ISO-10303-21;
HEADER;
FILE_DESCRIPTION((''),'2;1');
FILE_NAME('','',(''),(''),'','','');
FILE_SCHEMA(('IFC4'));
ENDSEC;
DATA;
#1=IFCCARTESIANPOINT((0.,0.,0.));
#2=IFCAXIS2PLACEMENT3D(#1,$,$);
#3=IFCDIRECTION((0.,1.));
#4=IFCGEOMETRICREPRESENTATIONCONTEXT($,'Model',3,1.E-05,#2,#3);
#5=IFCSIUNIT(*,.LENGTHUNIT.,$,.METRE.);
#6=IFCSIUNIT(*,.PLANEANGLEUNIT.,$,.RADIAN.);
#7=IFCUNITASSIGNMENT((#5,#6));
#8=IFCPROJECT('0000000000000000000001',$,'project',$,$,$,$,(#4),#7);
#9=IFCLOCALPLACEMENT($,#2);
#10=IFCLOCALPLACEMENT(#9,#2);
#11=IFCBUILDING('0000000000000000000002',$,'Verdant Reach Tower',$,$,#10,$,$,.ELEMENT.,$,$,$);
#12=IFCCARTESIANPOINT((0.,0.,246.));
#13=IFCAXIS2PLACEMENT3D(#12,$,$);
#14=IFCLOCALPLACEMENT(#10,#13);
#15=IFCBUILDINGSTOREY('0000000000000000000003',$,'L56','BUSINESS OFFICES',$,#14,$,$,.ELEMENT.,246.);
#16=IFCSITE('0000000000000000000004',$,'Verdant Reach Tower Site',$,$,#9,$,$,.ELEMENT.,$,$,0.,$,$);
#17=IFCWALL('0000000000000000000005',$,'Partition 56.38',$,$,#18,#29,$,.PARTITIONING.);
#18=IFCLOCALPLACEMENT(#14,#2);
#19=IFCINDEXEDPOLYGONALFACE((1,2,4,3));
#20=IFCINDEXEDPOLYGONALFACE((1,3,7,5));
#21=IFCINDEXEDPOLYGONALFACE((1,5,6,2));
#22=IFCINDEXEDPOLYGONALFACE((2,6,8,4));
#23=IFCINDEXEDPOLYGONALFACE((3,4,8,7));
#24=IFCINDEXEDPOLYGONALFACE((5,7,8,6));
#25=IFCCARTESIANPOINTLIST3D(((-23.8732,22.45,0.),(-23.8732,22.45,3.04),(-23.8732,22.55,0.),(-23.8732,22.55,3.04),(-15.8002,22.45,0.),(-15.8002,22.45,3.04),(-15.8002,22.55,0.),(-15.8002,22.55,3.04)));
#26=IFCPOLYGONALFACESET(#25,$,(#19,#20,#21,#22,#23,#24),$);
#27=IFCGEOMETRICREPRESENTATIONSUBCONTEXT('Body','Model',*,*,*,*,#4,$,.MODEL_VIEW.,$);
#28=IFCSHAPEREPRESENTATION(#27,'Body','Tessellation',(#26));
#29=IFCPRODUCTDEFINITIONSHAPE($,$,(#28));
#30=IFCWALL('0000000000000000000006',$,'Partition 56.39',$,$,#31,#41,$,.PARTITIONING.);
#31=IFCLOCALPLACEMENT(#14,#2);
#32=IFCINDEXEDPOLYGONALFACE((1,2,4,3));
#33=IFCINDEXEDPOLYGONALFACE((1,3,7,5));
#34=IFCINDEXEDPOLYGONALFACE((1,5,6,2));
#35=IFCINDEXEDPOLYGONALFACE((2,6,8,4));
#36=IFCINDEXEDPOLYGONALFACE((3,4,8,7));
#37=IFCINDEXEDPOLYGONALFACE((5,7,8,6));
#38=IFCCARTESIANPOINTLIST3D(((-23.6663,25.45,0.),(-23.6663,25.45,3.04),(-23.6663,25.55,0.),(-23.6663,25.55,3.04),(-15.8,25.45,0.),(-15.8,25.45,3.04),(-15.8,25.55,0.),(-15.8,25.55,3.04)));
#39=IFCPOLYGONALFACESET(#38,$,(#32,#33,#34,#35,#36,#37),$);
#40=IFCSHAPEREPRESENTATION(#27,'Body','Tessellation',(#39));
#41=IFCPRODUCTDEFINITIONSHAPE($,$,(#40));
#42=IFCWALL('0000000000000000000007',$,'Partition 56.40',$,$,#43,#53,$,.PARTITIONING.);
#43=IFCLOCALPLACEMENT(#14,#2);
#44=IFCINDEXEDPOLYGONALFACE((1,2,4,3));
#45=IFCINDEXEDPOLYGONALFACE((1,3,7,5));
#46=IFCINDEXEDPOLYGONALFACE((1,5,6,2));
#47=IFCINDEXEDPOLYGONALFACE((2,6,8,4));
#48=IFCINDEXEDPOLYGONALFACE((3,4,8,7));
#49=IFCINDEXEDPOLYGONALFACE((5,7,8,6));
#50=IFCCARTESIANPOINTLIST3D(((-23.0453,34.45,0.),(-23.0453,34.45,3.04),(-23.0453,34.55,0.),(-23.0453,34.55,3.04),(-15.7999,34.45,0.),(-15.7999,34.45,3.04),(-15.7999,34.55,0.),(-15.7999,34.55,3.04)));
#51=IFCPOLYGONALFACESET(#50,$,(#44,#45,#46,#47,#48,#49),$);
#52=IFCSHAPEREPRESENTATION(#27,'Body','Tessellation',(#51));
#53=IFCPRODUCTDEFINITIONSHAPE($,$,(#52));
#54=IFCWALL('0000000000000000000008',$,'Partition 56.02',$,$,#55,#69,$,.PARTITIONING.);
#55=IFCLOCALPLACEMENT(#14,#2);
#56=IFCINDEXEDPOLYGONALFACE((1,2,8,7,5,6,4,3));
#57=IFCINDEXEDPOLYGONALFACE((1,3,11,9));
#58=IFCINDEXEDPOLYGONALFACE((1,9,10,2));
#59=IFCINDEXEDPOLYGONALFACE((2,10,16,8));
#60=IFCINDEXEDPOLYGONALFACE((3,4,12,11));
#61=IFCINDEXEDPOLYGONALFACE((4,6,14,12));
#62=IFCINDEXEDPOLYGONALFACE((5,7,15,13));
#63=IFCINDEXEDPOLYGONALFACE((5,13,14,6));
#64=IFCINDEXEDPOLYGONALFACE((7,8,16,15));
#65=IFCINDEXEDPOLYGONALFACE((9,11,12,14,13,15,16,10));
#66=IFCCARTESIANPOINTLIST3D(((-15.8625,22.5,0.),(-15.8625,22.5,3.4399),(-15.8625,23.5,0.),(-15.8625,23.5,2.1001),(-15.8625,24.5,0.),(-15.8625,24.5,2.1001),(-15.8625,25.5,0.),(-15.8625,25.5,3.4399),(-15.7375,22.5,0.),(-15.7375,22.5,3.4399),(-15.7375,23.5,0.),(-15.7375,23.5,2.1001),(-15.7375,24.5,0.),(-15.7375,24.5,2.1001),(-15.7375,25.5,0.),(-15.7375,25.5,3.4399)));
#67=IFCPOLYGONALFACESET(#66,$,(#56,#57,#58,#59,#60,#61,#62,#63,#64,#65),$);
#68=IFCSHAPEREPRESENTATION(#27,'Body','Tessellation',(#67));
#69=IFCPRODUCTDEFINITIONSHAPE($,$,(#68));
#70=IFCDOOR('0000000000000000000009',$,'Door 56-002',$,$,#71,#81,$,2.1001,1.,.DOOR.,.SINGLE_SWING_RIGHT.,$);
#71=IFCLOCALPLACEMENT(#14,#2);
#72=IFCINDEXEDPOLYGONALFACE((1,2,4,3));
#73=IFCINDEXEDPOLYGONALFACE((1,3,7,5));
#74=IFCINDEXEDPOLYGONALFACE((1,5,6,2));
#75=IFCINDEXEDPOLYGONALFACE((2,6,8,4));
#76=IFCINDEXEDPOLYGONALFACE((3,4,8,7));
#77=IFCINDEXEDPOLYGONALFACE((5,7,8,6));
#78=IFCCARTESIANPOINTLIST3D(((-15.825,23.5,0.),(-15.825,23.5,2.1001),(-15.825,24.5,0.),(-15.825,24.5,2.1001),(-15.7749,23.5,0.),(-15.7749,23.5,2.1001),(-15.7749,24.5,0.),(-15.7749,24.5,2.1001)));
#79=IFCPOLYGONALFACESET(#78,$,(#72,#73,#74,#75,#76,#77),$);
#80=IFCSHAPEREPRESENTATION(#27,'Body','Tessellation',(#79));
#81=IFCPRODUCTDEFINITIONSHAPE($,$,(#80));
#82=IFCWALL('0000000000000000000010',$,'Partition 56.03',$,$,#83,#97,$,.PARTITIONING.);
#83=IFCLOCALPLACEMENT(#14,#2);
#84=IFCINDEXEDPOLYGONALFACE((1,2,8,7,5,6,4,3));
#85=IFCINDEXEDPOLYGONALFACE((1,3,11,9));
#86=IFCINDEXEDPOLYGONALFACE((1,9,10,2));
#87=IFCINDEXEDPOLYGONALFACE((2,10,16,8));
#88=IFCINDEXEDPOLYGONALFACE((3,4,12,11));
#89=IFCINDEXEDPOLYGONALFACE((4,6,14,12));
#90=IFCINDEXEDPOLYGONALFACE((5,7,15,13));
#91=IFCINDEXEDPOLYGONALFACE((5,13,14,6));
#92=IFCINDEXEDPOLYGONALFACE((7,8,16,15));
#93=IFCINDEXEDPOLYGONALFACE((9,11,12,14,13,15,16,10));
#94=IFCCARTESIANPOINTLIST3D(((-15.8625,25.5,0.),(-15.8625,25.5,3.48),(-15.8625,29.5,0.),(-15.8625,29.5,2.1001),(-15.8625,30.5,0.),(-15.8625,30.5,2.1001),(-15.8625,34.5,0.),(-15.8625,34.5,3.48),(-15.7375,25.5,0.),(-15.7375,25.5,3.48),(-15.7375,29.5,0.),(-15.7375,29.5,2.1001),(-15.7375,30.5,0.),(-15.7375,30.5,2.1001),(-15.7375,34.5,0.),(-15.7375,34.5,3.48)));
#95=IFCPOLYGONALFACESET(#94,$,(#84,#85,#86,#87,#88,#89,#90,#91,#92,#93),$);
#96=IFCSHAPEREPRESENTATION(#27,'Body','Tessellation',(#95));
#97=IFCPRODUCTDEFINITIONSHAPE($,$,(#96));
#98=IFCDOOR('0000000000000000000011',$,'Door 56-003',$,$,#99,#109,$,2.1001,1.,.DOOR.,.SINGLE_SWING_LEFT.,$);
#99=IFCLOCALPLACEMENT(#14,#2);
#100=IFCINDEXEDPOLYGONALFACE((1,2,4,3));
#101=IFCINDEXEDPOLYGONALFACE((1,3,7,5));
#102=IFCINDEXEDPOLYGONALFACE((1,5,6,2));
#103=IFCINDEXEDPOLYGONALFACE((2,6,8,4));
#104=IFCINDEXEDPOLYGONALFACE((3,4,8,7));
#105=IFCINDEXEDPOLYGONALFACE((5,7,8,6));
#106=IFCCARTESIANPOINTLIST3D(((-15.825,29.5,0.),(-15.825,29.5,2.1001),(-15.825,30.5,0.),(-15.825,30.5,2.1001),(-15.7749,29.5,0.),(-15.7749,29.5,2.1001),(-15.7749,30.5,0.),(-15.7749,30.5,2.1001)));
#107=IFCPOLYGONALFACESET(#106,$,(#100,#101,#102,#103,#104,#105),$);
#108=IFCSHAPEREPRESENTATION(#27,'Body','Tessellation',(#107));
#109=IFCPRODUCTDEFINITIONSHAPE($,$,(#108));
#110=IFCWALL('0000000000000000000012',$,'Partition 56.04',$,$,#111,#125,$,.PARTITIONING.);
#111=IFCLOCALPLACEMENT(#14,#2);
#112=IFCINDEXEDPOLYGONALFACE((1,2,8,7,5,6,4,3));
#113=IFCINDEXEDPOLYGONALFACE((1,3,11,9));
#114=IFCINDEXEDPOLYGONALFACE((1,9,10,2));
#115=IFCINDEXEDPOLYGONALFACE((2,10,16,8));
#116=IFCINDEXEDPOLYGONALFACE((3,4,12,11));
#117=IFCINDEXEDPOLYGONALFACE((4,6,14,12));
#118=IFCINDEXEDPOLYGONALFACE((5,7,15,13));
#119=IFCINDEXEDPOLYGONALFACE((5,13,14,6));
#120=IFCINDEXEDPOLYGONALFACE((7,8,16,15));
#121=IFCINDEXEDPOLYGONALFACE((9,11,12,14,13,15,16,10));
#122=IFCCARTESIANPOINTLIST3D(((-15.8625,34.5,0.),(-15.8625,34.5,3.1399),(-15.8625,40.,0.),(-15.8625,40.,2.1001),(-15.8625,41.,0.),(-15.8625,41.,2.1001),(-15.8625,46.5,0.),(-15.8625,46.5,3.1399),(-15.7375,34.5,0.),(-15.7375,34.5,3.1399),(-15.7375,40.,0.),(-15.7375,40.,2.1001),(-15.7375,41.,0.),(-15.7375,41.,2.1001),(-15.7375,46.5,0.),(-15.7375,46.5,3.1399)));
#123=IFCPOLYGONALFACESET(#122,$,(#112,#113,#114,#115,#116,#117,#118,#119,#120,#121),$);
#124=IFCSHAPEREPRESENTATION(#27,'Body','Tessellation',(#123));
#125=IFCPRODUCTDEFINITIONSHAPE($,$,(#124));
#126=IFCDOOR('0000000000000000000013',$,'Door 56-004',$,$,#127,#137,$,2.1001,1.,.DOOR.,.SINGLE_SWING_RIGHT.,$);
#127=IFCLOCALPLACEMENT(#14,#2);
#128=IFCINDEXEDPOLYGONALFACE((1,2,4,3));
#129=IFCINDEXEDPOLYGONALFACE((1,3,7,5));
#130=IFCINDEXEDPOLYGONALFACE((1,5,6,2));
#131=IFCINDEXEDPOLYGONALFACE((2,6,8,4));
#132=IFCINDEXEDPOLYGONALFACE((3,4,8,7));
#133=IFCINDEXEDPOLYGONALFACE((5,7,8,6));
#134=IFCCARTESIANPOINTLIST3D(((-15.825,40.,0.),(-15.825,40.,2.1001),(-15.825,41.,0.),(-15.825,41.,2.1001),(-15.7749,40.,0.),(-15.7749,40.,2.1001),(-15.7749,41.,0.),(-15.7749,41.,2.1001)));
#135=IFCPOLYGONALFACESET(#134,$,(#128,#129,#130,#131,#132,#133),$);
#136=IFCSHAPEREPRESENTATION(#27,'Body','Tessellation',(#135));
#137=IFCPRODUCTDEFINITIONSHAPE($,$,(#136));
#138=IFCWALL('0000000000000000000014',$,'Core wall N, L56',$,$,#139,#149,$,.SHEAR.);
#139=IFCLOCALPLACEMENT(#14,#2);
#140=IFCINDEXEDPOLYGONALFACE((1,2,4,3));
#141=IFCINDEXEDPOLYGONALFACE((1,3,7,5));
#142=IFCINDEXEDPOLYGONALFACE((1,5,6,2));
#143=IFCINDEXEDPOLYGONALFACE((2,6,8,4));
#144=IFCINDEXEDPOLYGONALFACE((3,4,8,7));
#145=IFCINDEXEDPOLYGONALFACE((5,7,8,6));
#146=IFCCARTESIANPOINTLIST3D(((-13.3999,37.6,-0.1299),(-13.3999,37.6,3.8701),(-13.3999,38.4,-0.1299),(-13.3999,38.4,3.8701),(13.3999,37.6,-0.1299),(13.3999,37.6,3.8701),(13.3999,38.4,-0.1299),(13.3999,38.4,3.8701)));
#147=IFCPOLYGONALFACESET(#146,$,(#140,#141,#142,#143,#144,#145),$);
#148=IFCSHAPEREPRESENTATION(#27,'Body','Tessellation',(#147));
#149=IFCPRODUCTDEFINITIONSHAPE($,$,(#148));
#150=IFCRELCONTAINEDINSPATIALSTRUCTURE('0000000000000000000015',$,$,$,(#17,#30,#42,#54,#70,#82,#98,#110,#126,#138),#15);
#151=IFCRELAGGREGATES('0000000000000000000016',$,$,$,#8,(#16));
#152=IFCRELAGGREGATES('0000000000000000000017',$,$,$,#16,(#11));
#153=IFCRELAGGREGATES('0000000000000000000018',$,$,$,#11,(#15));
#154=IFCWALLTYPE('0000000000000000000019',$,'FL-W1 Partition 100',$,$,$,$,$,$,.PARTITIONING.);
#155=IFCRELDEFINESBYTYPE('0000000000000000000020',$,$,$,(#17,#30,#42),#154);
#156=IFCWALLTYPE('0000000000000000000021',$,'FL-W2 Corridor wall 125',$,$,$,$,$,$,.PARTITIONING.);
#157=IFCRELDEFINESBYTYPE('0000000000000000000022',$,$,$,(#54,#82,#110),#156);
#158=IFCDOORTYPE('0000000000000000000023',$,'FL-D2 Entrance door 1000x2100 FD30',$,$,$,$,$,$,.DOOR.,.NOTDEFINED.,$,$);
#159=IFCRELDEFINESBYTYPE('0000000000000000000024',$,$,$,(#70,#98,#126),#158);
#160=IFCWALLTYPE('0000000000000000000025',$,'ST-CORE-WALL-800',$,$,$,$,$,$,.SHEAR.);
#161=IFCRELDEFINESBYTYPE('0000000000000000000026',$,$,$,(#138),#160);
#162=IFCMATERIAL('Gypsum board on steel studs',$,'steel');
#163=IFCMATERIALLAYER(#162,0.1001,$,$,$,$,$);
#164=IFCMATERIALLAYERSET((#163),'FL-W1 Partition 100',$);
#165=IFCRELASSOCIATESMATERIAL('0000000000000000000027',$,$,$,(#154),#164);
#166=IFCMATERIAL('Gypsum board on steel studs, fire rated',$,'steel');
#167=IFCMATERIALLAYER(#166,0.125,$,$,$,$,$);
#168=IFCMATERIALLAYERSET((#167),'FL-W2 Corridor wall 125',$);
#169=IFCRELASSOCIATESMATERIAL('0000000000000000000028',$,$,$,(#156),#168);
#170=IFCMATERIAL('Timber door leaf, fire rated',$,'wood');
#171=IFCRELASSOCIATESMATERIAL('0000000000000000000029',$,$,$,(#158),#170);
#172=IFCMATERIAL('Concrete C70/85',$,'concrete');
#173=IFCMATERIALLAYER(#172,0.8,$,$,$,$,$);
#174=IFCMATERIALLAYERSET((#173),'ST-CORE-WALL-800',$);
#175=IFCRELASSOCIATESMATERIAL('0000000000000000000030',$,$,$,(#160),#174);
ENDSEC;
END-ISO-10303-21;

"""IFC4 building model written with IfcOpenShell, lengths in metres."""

from ifc_helpers import new_model, si_unit, direction, frame, frame_2d, origin, place, context, subcontext, project, spatial, rectangle, extrude, material, layer, layer_set, type_object, element, fill, save


model = new_model("IFC4")

# Units and contexts
model_context = context("Model", 3, precision=1e-05, world=origin(), true_north=direction((0.0, 1.0)))
body_context = subcontext(model_context, "Body", "Model", "MODEL_VIEW")
ifc_project = project(units=[si_unit("LENGTHUNIT", "METRE"), si_unit("PLANEANGLEUNIT", "RADIAN")], contexts=[model_context])

# Site, building, storey
site_placement = place(None, origin())
site = spatial("IfcSite", under=ifc_project, at=site_placement, Name="Verdant Reach Tower Site", CompositionType="ELEMENT", RefElevation=0.0)
building_placement = place(site_placement, origin())
building = spatial("IfcBuilding", under=site, at=building_placement, Name="Verdant Reach Tower", CompositionType="ELEMENT")
storey_placement = place(building_placement, frame((0.0, 0.0, 246.0)))
storey = spatial("IfcBuildingStorey", under=building, at=storey_placement, Name="L56", Description="BUSINESS OFFICES", CompositionType="ELEMENT", Elevation=246.0)

# Walls
ifc_material_1 = material(Name="Gypsum board on steel studs", Category="steel")
ifc_layer_1 = layer(ifc_material_1, 0.1001)
ifc_layer_set_1 = layer_set([ifc_layer_1], Name="FL-W1 Partition 100")
wall_type_1 = type_object("IfcWallType", Name="FL-W1 Partition 100", PredefinedType="PARTITIONING", material=ifc_layer_set_1)
wall_1_placement = place(storey_placement, frame((-15.8, 22.5, 0.0), z_axis=(0.0, 0.0, 1.0), x_axis=(-1.0, 0.0, 0.0)))
element("IfcWall", 1, at=wall_1_placement, inside=storey, type_object=wall_type_1, Name="Partition 56.38", PredefinedType="PARTITIONING", context=body_context, shape_type="SweptSolid", body=[
    extrude(rectangle(XDim=8.073, YDim=0.1001, at=frame_2d((4.0366, 0.0))), origin(), (0.0, 0.0, 1.0), 3.04),
])
wall_2_placement = place(storey_placement, frame((-15.8, 25.5, 0.0), z_axis=(0.0, 0.0, 1.0), x_axis=(-1.0, 0.0, 0.0)))
element("IfcWall", 2, at=wall_2_placement, inside=storey, type_object=wall_type_1, Name="Partition 56.39", PredefinedType="PARTITIONING", context=body_context, shape_type="SweptSolid", body=[
    extrude(rectangle(XDim=7.8662, YDim=0.1001, at=frame_2d((3.9331, 0.0))), origin(), (0.0, 0.0, 1.0), 3.04),
])
wall_3_placement = place(storey_placement, frame((-15.8, 34.5, 0.0), z_axis=(0.0, 0.0, 1.0), x_axis=(-1.0, 0.0, 0.0)))
element("IfcWall", 3, at=wall_3_placement, inside=storey, type_object=wall_type_1, Name="Partition 56.40", PredefinedType="PARTITIONING", context=body_context, shape_type="SweptSolid", body=[
    extrude(rectangle(XDim=7.2454, YDim=0.1001, at=frame_2d((3.6226, 0.0))), origin(), (0.0, 0.0, 1.0), 3.04),
])

# Walls, openings, doors
ifc_material_2 = material(Name="Gypsum board on steel studs, fire rated", Category="steel")
ifc_layer_2 = layer(ifc_material_2, 0.125)
ifc_layer_set_2 = layer_set([ifc_layer_2], Name="FL-W2 Corridor wall 125")
wall_type_2 = type_object("IfcWallType", Name="FL-W2 Corridor wall 125", PredefinedType="PARTITIONING", material=ifc_layer_set_2)
wall_4_placement = place(storey_placement, frame((-15.8, 22.5, 0.0), z_axis=(0.0, 0.0, 1.0), x_axis=(0.0, 1.0, 0.0)))
wall_4 = element("IfcWall", 4, at=wall_4_placement, inside=storey, type_object=wall_type_2, Name="Partition 56.02", PredefinedType="PARTITIONING", context=body_context, shape_type="SweptSolid", body=[
    extrude(rectangle(XDim=3.0, YDim=0.125, at=frame_2d((1.5, 0.0))), origin(), (0.0, 0.0, 1.0), 3.4399),
])
opening_1_placement = place(wall_4_placement, frame((1.0, 0.0, 0.0)))
opening_1 = element("IfcOpeningElement", 5, at=opening_1_placement, cuts=wall_4, PredefinedType="OPENING", context=body_context, shape_type="SweptSolid", body=[
    extrude(rectangle(XDim=1.0, YDim=2.1001, at=frame_2d((0.5, 1.05))), frame((0.0, 0.0725, 0.0), z_axis=(0.0, -1.0, 0.0), x_axis=(1.0, 0.0, 0.0)), (0.0, 0.0, 1.0), 0.145),
])
ifc_material_3 = material(Name="Timber door leaf, fire rated", Category="wood")
door_type = type_object("IfcDoorType", Name="FL-D2 Entrance door 1000x2100 FD30", OperationType="NOTDEFINED", PredefinedType="DOOR", material=ifc_material_3)
door_1_placement = place(opening_1_placement, origin())
door_1 = element("IfcDoor", 6, at=door_1_placement, inside=storey, type_object=door_type, Name="Door 56-002", OperationType="SINGLE_SWING_RIGHT", OverallHeight=2.1001, OverallWidth=1.0, PredefinedType="DOOR", context=body_context, shape_type="SweptSolid", body=[
    extrude(rectangle(XDim=1.0, YDim=2.1001, at=frame_2d((0.5, 1.05))), frame((0.0, 0.0249, 0.0), z_axis=(0.0, -1.0, 0.0), x_axis=(1.0, 0.0, 0.0)), (0.0, 0.0, 1.0), 0.05),
])
fill(opening_1, door_1)
wall_5_placement = place(storey_placement, frame((-15.8, 25.5, 0.0), z_axis=(0.0, 0.0, 1.0), x_axis=(0.0, 1.0, 0.0)))
wall_5 = element("IfcWall", 7, at=wall_5_placement, inside=storey, type_object=wall_type_2, Name="Partition 56.03", PredefinedType="PARTITIONING", context=body_context, shape_type="SweptSolid", body=[
    extrude(rectangle(XDim=9.0, YDim=0.125, at=frame_2d((4.5, 0.0))), origin(), (0.0, 0.0, 1.0), 3.48),
])
opening_2_placement = place(wall_5_placement, frame((4.0, 0.0, 0.0)))
opening_2 = element("IfcOpeningElement", 8, at=opening_2_placement, cuts=wall_5, PredefinedType="OPENING", context=body_context, shape_type="SweptSolid", body=[
    extrude(rectangle(XDim=1.0, YDim=2.1001, at=frame_2d((0.5, 1.05))), frame((0.0, 0.0725, 0.0), z_axis=(0.0, -1.0, 0.0), x_axis=(1.0, 0.0, 0.0)), (0.0, 0.0, 1.0), 0.145),
])
door_2_placement = place(opening_2_placement, origin())
door_2 = element("IfcDoor", 9, at=door_2_placement, inside=storey, type_object=door_type, Name="Door 56-003", OperationType="SINGLE_SWING_LEFT", OverallHeight=2.1001, OverallWidth=1.0, PredefinedType="DOOR", context=body_context, shape_type="SweptSolid", body=[
    extrude(rectangle(XDim=1.0, YDim=2.1001, at=frame_2d((0.5, 1.05))), frame((0.0, 0.0249, 0.0), z_axis=(0.0, -1.0, 0.0), x_axis=(1.0, 0.0, 0.0)), (0.0, 0.0, 1.0), 0.05),
])
fill(opening_2, door_2)
wall_6_placement = place(storey_placement, frame((-15.8, 34.5, 0.0), z_axis=(0.0, 0.0, 1.0), x_axis=(0.0, 1.0, 0.0)))
wall_6 = element("IfcWall", 10, at=wall_6_placement, inside=storey, type_object=wall_type_2, Name="Partition 56.04", PredefinedType="PARTITIONING", context=body_context, shape_type="SweptSolid", body=[
    extrude(rectangle(XDim=12.0, YDim=0.125, at=frame_2d((6.0, 0.0))), origin(), (0.0, 0.0, 1.0), 3.1399),
])
opening_3_placement = place(wall_6_placement, frame((5.5, 0.0, 0.0)))
opening_3 = element("IfcOpeningElement", 11, at=opening_3_placement, cuts=wall_6, PredefinedType="OPENING", context=body_context, shape_type="SweptSolid", body=[
    extrude(rectangle(XDim=1.0, YDim=2.1001, at=frame_2d((0.5, 1.05))), frame((0.0, 0.0725, 0.0), z_axis=(0.0, -1.0, 0.0), x_axis=(1.0, 0.0, 0.0)), (0.0, 0.0, 1.0), 0.145),
])
door_3_placement = place(opening_3_placement, origin())
door_3 = element("IfcDoor", 12, at=door_3_placement, inside=storey, type_object=door_type, Name="Door 56-004", OperationType="SINGLE_SWING_RIGHT", OverallHeight=2.1001, OverallWidth=1.0, PredefinedType="DOOR", context=body_context, shape_type="SweptSolid", body=[
    extrude(rectangle(XDim=1.0, YDim=2.1001, at=frame_2d((0.5, 1.05))), frame((0.0, 0.0249, 0.0), z_axis=(0.0, -1.0, 0.0), x_axis=(1.0, 0.0, 0.0)), (0.0, 0.0, 1.0), 0.05),
])
fill(opening_3, door_3)

# Wall
ifc_material_4 = material(Name="Concrete C70/85", Category="concrete")
ifc_layer_3 = layer(ifc_material_4, 0.8)
ifc_layer_set_3 = layer_set([ifc_layer_3], Name="ST-CORE-WALL-800")
wall_type_3 = type_object("IfcWallType", Name="ST-CORE-WALL-800", PredefinedType="SHEAR", material=ifc_layer_set_3)
wall_7_placement = place(storey_placement, frame((-13.3999, 38.0, -0.1299), z_axis=(0.0, 0.0, 1.0), x_axis=(1.0, 0.0, 0.0)))
element("IfcWall", 13, at=wall_7_placement, inside=storey, type_object=wall_type_3, Name="Core wall N, L56", PredefinedType="SHEAR", context=body_context, shape_type="SweptSolid", body=[
    extrude(rectangle(XDim=26.7998, YDim=0.8, at=frame_2d((13.3999, 0.0))), origin(), (0.0, 0.0, 1.0), 4.0),
])

save(model, "model.ifc")
